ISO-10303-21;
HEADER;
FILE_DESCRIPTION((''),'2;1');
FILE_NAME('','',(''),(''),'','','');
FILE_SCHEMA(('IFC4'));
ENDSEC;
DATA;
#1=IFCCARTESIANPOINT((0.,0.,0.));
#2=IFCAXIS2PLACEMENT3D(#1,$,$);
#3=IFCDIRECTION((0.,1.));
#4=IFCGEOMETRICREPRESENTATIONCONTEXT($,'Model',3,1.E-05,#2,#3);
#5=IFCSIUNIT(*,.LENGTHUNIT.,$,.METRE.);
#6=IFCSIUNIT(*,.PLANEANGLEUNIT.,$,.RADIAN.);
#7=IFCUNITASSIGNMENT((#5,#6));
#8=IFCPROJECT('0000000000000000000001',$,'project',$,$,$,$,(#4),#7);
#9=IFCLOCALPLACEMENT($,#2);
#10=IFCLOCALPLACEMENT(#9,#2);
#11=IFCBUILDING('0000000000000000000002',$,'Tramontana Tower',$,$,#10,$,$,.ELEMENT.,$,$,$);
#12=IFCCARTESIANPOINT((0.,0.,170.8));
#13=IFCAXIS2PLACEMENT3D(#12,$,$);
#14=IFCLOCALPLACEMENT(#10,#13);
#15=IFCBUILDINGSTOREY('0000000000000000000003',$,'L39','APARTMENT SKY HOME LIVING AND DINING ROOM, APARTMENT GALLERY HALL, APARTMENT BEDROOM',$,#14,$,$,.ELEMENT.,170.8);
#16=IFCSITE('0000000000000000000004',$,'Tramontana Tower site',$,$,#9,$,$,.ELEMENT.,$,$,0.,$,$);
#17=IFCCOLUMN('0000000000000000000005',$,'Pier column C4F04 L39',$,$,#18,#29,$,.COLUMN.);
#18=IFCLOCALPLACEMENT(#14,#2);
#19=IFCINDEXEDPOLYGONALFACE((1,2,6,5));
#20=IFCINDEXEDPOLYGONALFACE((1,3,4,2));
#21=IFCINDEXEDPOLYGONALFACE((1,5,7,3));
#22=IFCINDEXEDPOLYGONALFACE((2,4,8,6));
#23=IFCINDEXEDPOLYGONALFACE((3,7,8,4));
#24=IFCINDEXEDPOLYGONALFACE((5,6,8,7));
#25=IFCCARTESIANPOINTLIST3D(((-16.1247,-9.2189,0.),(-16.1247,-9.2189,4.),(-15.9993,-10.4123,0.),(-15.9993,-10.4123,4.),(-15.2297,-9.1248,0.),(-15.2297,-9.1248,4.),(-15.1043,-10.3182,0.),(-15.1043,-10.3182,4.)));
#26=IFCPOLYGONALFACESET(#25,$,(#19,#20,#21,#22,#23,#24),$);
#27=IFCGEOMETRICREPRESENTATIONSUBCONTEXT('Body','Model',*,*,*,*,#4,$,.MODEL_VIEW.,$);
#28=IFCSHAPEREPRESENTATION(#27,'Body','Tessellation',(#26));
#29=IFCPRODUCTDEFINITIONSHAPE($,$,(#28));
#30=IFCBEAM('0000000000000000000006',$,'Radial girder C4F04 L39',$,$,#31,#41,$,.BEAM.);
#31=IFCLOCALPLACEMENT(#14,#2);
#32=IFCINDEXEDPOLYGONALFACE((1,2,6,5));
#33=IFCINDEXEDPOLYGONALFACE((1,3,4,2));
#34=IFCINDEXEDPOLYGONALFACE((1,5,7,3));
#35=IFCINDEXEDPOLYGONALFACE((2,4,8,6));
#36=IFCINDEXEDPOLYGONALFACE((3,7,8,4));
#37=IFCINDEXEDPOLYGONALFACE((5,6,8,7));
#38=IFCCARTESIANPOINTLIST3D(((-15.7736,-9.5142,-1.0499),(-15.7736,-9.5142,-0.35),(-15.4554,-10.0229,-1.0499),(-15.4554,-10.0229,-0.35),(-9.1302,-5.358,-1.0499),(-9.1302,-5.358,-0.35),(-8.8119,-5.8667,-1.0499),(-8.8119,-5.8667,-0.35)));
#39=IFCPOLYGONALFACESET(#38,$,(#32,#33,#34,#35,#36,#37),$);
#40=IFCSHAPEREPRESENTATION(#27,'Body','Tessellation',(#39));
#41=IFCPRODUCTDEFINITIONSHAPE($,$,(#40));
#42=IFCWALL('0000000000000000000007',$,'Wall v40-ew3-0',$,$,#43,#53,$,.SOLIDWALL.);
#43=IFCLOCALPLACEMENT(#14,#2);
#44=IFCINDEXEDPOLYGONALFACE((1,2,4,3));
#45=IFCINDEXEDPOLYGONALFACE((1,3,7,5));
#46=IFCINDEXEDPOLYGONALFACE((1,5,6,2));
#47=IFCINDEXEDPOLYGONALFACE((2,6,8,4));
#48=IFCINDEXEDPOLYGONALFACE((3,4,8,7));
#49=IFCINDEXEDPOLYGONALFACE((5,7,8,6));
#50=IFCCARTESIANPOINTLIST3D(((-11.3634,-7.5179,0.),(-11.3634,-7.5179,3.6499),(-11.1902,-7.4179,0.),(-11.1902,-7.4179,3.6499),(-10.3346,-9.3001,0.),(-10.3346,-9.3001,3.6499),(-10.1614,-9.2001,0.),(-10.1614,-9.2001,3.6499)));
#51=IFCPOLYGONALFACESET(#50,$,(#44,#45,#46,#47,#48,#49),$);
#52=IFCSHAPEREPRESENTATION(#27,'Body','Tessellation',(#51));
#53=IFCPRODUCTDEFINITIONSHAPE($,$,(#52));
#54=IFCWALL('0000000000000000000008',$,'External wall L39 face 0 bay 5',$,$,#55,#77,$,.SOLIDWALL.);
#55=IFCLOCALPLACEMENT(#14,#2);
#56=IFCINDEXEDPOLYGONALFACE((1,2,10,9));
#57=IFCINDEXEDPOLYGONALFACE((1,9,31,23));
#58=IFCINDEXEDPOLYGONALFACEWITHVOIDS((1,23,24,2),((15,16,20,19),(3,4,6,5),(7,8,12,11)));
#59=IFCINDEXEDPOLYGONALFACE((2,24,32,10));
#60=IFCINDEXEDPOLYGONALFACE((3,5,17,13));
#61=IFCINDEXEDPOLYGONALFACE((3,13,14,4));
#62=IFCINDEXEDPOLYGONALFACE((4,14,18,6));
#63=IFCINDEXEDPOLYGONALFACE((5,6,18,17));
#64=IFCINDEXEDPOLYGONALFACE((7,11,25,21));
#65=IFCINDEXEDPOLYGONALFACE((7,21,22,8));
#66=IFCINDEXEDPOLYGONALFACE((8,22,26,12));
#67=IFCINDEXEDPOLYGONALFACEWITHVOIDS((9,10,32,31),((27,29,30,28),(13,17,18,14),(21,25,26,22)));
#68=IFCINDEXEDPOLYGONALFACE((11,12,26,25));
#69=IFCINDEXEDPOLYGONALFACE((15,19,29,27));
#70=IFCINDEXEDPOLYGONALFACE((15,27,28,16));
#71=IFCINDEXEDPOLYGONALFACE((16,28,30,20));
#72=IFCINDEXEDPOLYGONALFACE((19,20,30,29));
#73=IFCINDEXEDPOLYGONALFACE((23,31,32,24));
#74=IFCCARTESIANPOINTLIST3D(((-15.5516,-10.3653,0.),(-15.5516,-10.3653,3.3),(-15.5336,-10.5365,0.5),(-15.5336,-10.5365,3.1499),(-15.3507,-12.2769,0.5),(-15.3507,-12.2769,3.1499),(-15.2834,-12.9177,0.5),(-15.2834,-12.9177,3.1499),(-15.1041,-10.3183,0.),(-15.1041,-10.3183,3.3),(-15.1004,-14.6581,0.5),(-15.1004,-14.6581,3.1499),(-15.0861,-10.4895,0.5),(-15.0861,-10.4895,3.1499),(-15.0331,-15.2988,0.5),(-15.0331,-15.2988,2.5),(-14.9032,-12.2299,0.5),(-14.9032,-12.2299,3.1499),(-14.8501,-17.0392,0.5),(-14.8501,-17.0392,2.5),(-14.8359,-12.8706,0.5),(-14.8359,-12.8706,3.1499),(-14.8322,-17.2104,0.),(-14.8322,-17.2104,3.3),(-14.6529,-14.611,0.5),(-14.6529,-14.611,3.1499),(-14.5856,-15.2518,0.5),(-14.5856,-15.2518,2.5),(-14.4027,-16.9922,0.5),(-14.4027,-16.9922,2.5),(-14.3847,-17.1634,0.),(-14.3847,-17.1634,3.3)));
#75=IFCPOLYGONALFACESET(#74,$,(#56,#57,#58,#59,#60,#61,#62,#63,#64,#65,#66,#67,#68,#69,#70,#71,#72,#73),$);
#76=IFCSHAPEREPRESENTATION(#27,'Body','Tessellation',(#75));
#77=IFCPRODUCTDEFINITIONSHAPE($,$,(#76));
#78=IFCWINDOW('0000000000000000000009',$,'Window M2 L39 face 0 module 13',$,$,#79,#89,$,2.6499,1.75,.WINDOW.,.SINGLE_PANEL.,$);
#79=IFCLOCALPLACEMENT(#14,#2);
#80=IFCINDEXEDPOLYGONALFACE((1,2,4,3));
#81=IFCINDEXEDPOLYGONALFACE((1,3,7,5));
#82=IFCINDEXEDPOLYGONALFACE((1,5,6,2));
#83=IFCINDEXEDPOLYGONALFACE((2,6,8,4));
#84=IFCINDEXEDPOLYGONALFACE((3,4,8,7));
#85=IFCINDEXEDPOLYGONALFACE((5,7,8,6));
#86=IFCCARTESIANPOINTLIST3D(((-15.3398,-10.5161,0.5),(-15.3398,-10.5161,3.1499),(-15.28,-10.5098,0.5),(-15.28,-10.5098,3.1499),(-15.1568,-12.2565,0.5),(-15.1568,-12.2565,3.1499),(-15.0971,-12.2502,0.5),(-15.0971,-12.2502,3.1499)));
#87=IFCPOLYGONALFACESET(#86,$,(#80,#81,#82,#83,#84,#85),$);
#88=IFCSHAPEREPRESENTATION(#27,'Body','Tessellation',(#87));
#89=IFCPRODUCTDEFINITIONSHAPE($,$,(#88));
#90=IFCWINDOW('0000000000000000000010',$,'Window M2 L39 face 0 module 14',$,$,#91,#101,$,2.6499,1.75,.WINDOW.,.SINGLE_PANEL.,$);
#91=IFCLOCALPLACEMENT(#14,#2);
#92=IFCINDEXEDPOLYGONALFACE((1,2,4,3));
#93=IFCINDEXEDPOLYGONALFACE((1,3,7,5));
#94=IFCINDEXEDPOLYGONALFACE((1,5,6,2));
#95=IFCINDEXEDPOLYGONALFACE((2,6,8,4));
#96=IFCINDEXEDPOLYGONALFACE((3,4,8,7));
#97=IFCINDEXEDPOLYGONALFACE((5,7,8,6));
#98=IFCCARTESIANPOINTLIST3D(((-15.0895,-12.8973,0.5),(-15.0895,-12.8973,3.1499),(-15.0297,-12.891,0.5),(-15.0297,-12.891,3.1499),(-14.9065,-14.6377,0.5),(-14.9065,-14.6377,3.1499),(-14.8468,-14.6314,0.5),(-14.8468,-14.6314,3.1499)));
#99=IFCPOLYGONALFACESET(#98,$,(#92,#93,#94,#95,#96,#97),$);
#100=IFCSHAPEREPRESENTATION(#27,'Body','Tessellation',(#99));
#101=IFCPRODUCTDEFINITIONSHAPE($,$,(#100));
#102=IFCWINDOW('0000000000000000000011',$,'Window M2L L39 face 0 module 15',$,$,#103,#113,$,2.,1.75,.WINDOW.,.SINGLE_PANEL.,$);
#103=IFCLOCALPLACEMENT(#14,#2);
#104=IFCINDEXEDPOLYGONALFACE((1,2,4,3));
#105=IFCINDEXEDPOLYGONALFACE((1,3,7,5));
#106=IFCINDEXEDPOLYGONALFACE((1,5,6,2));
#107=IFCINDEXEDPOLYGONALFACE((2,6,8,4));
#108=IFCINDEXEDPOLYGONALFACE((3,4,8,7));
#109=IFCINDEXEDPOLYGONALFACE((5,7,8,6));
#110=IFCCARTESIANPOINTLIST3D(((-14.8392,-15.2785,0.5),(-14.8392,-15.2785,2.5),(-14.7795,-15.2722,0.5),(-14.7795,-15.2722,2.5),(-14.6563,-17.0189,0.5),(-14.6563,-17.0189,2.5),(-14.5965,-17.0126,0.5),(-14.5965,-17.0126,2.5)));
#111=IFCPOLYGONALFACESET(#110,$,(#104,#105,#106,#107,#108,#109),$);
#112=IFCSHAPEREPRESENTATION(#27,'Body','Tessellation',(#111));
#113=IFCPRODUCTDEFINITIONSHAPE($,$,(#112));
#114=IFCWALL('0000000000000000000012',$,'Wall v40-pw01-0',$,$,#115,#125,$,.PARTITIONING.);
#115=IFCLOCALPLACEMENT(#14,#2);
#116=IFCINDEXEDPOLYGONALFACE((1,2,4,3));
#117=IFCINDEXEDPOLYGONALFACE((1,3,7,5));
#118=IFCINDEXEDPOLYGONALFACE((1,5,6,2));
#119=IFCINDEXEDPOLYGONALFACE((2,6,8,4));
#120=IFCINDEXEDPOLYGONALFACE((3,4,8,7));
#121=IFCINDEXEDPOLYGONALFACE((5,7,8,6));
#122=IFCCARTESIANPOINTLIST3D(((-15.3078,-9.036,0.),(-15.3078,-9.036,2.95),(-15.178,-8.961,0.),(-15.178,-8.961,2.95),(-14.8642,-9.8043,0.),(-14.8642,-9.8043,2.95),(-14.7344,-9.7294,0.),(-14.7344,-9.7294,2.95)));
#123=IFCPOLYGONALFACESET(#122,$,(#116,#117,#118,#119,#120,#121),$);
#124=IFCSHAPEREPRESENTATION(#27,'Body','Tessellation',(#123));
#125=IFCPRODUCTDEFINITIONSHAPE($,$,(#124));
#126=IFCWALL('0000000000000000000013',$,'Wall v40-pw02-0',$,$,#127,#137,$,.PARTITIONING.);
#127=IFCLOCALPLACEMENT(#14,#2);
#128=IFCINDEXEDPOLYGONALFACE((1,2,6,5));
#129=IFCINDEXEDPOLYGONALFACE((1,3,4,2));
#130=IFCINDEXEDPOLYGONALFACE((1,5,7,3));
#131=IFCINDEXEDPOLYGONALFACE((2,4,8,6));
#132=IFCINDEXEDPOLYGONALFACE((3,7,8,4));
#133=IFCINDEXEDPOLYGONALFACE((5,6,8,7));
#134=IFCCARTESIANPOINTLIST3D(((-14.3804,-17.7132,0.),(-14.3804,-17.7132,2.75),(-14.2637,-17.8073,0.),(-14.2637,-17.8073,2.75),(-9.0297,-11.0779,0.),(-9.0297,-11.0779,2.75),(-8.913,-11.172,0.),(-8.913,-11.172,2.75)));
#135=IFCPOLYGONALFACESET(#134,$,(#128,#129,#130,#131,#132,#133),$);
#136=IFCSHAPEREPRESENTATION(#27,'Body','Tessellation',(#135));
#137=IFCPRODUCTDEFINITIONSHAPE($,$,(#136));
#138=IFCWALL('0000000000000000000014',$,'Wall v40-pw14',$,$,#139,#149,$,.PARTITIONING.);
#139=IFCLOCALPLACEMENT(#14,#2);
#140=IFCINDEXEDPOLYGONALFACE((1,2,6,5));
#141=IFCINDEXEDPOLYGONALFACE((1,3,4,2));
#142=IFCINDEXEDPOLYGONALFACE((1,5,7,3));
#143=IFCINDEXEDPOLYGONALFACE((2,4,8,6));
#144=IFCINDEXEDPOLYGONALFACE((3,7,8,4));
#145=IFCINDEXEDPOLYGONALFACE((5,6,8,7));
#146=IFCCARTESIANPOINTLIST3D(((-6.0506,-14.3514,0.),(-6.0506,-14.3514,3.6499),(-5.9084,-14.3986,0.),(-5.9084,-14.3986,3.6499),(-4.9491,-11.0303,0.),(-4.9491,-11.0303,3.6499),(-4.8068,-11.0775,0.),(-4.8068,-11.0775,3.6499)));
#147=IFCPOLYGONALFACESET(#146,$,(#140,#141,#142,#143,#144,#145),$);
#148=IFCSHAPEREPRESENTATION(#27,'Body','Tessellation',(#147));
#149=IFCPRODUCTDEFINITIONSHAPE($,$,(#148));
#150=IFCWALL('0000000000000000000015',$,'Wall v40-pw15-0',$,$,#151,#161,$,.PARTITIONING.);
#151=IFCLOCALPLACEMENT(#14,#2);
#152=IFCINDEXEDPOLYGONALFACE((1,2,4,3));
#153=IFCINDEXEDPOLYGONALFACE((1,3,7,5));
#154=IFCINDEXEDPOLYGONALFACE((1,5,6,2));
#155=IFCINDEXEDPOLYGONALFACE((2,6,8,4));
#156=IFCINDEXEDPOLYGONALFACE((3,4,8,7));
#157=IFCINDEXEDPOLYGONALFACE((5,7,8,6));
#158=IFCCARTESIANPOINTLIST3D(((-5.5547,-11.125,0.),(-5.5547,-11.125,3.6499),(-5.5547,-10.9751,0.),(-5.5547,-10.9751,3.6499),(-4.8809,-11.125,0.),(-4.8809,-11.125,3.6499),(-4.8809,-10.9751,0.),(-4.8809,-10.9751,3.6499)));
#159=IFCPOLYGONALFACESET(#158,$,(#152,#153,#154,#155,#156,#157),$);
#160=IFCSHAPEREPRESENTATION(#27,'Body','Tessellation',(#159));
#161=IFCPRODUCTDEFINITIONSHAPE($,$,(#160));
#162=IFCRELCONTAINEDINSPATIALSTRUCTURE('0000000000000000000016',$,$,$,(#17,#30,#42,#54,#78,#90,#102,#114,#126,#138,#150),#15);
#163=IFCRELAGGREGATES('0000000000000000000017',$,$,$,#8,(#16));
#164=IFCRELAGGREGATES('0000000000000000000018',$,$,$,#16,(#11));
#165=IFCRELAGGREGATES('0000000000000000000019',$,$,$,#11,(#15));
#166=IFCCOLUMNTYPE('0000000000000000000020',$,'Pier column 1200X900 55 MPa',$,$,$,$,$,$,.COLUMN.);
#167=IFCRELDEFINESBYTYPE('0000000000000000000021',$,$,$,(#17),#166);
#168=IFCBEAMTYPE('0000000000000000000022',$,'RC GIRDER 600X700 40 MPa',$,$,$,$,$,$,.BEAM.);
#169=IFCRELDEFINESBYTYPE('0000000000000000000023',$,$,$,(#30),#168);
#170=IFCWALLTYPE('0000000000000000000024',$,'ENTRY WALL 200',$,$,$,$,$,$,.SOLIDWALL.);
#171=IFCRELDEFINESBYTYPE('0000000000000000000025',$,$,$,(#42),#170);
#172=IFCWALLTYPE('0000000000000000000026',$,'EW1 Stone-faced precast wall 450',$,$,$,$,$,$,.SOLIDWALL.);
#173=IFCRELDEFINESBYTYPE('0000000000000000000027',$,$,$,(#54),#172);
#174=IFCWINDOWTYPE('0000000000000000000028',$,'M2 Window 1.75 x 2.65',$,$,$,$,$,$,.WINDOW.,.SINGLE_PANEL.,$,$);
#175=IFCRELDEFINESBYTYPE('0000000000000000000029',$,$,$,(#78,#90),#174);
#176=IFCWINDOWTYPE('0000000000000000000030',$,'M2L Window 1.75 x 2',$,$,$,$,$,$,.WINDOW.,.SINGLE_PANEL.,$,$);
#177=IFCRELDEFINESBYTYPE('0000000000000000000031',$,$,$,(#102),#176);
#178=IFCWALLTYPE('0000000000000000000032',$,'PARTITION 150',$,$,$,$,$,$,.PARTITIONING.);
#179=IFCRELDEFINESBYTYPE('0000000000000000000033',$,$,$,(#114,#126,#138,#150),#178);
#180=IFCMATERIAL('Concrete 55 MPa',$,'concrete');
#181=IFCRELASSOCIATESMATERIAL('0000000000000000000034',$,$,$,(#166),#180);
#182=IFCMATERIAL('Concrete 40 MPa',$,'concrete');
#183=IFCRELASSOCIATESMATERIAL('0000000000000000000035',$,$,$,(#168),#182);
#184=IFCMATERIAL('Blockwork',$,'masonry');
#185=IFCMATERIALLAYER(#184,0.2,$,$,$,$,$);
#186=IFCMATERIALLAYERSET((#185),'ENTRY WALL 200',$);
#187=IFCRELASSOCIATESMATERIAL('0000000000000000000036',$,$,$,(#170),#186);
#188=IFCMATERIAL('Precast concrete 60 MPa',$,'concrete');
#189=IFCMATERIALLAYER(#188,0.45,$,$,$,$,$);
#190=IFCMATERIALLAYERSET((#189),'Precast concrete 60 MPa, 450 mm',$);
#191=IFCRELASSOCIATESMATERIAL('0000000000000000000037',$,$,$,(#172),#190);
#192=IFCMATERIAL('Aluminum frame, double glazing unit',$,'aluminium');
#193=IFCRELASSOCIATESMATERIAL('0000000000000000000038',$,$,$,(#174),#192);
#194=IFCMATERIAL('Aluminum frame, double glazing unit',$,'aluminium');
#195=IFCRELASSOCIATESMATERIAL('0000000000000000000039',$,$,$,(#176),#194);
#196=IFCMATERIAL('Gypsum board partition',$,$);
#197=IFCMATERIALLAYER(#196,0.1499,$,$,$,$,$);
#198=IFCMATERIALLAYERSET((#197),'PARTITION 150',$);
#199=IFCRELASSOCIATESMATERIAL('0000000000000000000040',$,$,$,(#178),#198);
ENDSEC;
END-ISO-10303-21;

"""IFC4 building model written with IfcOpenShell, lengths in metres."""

from ifc_helpers import new_model, si_unit, direction, frame, frame_2d, origin, origin_2d, place, context, subcontext, project, spatial, rectangle, extrude, material, layer, layer_set, material_profile, profile_set, type_object, element, fill, save


model = new_model("IFC4")

# Units and contexts
model_context = context("Model", 3, precision=1e-05, world=origin(), true_north=direction((0.0, 1.0)))
body_context = subcontext(model_context, "Body", "Model", "MODEL_VIEW")
ifc_project = project(units=[si_unit("LENGTHUNIT", "METRE"), si_unit("PLANEANGLEUNIT", "RADIAN")], contexts=[model_context])

# Site, building, storey
site_placement = place(None, origin())
site = spatial("IfcSite", under=ifc_project, at=site_placement, Name="Tramontana Tower site", CompositionType="ELEMENT", RefElevation=0.0)
building_placement = place(site_placement, origin())
building = spatial("IfcBuilding", under=site, at=building_placement, Name="Tramontana Tower", CompositionType="ELEMENT")
storey_placement = place(building_placement, frame((0.0, 0.0, 170.8)))
storey = spatial("IfcBuildingStorey", under=building, at=storey_placement, Name="L39", Description="APARTMENT SKY HOME LIVING AND DINING ROOM, APARTMENT GALLERY HALL, APARTMENT BEDROOM", CompositionType="ELEMENT", Elevation=170.8)

# Column
ifc_material_1 = material(Name="Concrete 55 MPa", Category="concrete")
ifc_material_profile_1 = material_profile(ifc_material_1, rectangle(XDim=1.2, YDim=0.8999, at=origin_2d()), Name="Pier column 1200X900 55 MPa")
ifc_profile_set_1 = profile_set([ifc_material_profile_1], Name="Concrete 55 MPa")
column_type = type_object("IfcColumnType", Name="Pier column 1200X900 55 MPa", PredefinedType="COLUMN", material=ifc_profile_set_1)
column_placement = place(storey_placement, frame((-15.6145, -9.7686, 0.0), z_axis=(0.0, 0.0, 1.0), x_axis=(0.104528, -0.994522, 0.0)))
element("IfcColumn", 1, at=column_placement, inside=storey, type_object=column_type, Name="Pier column C4F04 L39", PredefinedType="COLUMN", context=body_context, shape_type="SweptSolid", body=[
    extrude(rectangle(XDim=1.2, YDim=0.8999, at=origin_2d()), origin(), (0.0, 0.0, 1.0), 4.0),
])

# Beam
ifc_material_2 = material(Name="Concrete 40 MPa", Category="concrete")
ifc_material_profile_2 = material_profile(ifc_material_2, rectangle(XDim=0.6001, YDim=0.7, at=origin_2d()), Name="RC GIRDER 600X700 40 MPa")
ifc_profile_set_2 = profile_set([ifc_material_profile_2], Name="Concrete 40 MPa")
beam_type = type_object("IfcBeamType", Name="RC GIRDER 600X700 40 MPa", PredefinedType="BEAM", material=ifc_profile_set_2)
beam_placement = place(storey_placement, frame((-15.6145, -9.7686, -0.7), z_axis=(0.847767, 0.530369, 0.0), x_axis=(-0.530369, 0.847767, 0.0)))
element("IfcBeam", 2, at=beam_placement, inside=storey, type_object=beam_type, Name="Radial girder C4F04 L39", PredefinedType="BEAM", context=body_context, shape_type="SweptSolid", body=[
    extrude(rectangle(XDim=0.6001, YDim=0.7, at=origin_2d()), origin(), (0.0, 0.0, 1.0), 7.8364),
])

# Wall
ifc_material_3 = material(Name="Blockwork", Category="masonry")
ifc_layer_1 = layer(ifc_material_3, 0.2)
ifc_layer_set_1 = layer_set([ifc_layer_1], Name="ENTRY WALL 200")
wall_type_1 = type_object("IfcWallType", Name="ENTRY WALL 200", PredefinedType="SOLIDWALL", material=ifc_layer_set_1)
wall_1_placement = place(storey_placement, frame((-10.248, -9.25, 0.0), z_axis=(0.0, 0.0, 1.0), x_axis=(-0.499942, 0.866059, 0.0)))
element("IfcWall", 3, at=wall_1_placement, inside=storey, type_object=wall_type_1, Name="Wall v40-ew3-0", PredefinedType="SOLIDWALL", context=body_context, shape_type="SweptSolid", body=[
    extrude(rectangle(XDim=2.0579, YDim=0.2, at=frame_2d((1.0288, 0.0))), origin(), (0.0, 0.0, 1.0), 3.6499),
])

# Wall, openings, windows
ifc_material_4 = material(Name="Precast concrete 60 MPa", Category="concrete")
ifc_layer_2 = layer(ifc_material_4, 0.45)
ifc_layer_set_2 = layer_set([ifc_layer_2], Name="Precast concrete 60 MPa, 450 mm")
wall_type_2 = type_object("IfcWallType", Name="EW1 Stone-faced precast wall 450", PredefinedType="SOLIDWALL", material=ifc_layer_set_2)
wall_2_placement = place(storey_placement, frame((-15.3279, -10.3418, 0.0), z_axis=(0.0, 0.0, 1.0), x_axis=(0.104532, -0.994522, 0.0)))
wall_2 = element("IfcWall", 4, at=wall_2_placement, inside=storey, type_object=wall_type_2, Name="External wall L39 face 0 bay 5", PredefinedType="SOLIDWALL", context=body_context, shape_type="SweptSolid", body=[
    extrude(rectangle(XDim=6.8828, YDim=0.45, at=frame_2d((3.4414, 0.0))), origin(), (0.0, 0.0, 1.0), 3.3),
])
opening_1_placement = place(wall_2_placement, frame((0.1721, 0.0, 0.5)))
opening_1 = element("IfcOpeningElement", 5, at=opening_1_placement, cuts=wall_2, PredefinedType="OPENING", context=body_context, shape_type="SweptSolid", body=[
    extrude(rectangle(XDim=1.75, YDim=2.6499, at=frame_2d((0.875, 1.325))), frame((0.0, 0.2349, 0.0), z_axis=(0.0, -1.0, 0.0), x_axis=(1.0, 0.0, 0.0)), (0.0, 0.0, 1.0), 0.47),
])
opening_2_placement = place(wall_2_placement, frame((2.5664, 0.0, 0.5)))
opening_2 = element("IfcOpeningElement", 6, at=opening_2_placement, cuts=wall_2, PredefinedType="OPENING", context=body_context, shape_type="SweptSolid", body=[
    extrude(rectangle(XDim=1.75, YDim=2.6499, at=frame_2d((0.875, 1.325))), frame((0.0, 0.2349, 0.0), z_axis=(0.0, -1.0, 0.0), x_axis=(1.0, 0.0, 0.0)), (0.0, 0.0, 1.0), 0.47),
])
opening_3_placement = place(wall_2_placement, frame((4.9607, 0.0, 0.5)))
opening_3 = element("IfcOpeningElement", 7, at=opening_3_placement, cuts=wall_2, PredefinedType="OPENING", context=body_context, shape_type="SweptSolid", body=[
    extrude(rectangle(XDim=1.75, YDim=2.0, at=frame_2d((0.875, 1.0))), frame((0.0, 0.2349, 0.0), z_axis=(0.0, -1.0, 0.0), x_axis=(1.0, 0.0, 0.0)), (0.0, 0.0, 1.0), 0.47),
])
ifc_material_5 = material(Name="Aluminum frame, double glazing unit", Category="aluminium")
window_type_1 = type_object("IfcWindowType", Name="M2 Window 1.75 x 2.65", PartitioningType="SINGLE_PANEL", PredefinedType="WINDOW", material=ifc_material_5)
window_1_placement = place(opening_1_placement, origin())
window_1 = element("IfcWindow", 8, at=window_1_placement, inside=storey, type_object=window_type_1, Name="Window M2 L39 face 0 module 13", OverallHeight=2.6499, OverallWidth=1.75, PartitioningType="SINGLE_PANEL", PredefinedType="WINDOW", context=body_context, shape_type="SweptSolid", body=[
    extrude(rectangle(XDim=1.75, YDim=2.6499, at=frame_2d((0.875, 1.325))), frame((0.0, 0.03, 0.0), z_axis=(0.0, -1.0, 0.0), x_axis=(1.0, 0.0, 0.0)), (0.0, 0.0, 1.0), 0.0601),
])
fill(opening_1, window_1)
window_2_placement = place(opening_2_placement, origin())
window_2 = element("IfcWindow", 9, at=window_2_placement, inside=storey, type_object=window_type_1, Name="Window M2 L39 face 0 module 14", OverallHeight=2.6499, OverallWidth=1.75, PartitioningType="SINGLE_PANEL", PredefinedType="WINDOW", context=body_context, shape_type="SweptSolid", body=[
    extrude(rectangle(XDim=1.75, YDim=2.6499, at=frame_2d((0.875, 1.325))), frame((0.0, 0.03, 0.0), z_axis=(0.0, -1.0, 0.0), x_axis=(1.0, 0.0, 0.0)), (0.0, 0.0, 1.0), 0.0601),
])
fill(opening_2, window_2)
ifc_material_6 = material(Name="Aluminum frame, double glazing unit", Category="aluminium")
window_type_2 = type_object("IfcWindowType", Name="M2L Window 1.75 x 2", PartitioningType="SINGLE_PANEL", PredefinedType="WINDOW", material=ifc_material_6)
window_3_placement = place(opening_3_placement, origin())
window_3 = element("IfcWindow", 10, at=window_3_placement, inside=storey, type_object=window_type_2, Name="Window M2L L39 face 0 module 15", OverallHeight=2.0, OverallWidth=1.75, PartitioningType="SINGLE_PANEL", PredefinedType="WINDOW", context=body_context, shape_type="SweptSolid", body=[
    extrude(rectangle(XDim=1.75, YDim=2.0, at=frame_2d((0.875, 1.0))), frame((0.0, 0.03, 0.0), z_axis=(0.0, -1.0, 0.0), x_axis=(1.0, 0.0, 0.0)), (0.0, 0.0, 1.0), 0.0601),
])
fill(opening_3, window_3)

# Walls
ifc_material_7 = material(Name="Gypsum board partition")
ifc_layer_3 = layer(ifc_material_7, 0.1499)
ifc_layer_set_3 = layer_set([ifc_layer_3], Name="PARTITION 150")
wall_type_3 = type_object("IfcWallType", Name="PARTITION 150", PredefinedType="PARTITIONING", material=ifc_layer_set_3)
wall_3_placement = place(storey_placement, frame((-14.7993, -9.7668, 0.0), z_axis=(0.0, 0.0, 1.0), x_axis=(-0.500016, 0.866016, 0.0)))
element("IfcWall", 11, at=wall_3_placement, inside=storey, type_object=wall_type_3, Name="Wall v40-pw01-0", PredefinedType="PARTITIONING", context=body_context, shape_type="SweptSolid", body=[
    extrude(rectangle(XDim=0.8872, YDim=0.1499, at=frame_2d((0.4436, 0.0))), origin(), (0.0, 0.0, 1.0), 2.95),
])
wall_4_placement = place(storey_placement, frame((-14.322, -17.7603, 0.0), z_axis=(0.0, 0.0, 1.0), x_axis=(0.627722, 0.778437, 0.0)))
element("IfcWall", 12, at=wall_4_placement, inside=storey, type_object=wall_type_3, Name="Wall v40-pw02-0", PredefinedType="PARTITIONING", context=body_context, shape_type="SweptSolid", body=[
    extrude(rectangle(XDim=8.5239, YDim=0.1499, at=frame_2d((4.262, 0.0))), origin(), (0.0, 0.0, 1.0), 2.75),
])

# Walls
wall_5_placement = place(storey_placement, frame((-5.9795, -14.375, 0.0), z_axis=(0.0, 0.0, 1.0), x_axis=(0.314825, 0.94915, 0.0)))
element("IfcWall", 13, at=wall_5_placement, inside=storey, type_object=wall_type_3, Name="Wall v40-pw14", PredefinedType="PARTITIONING", context=body_context, shape_type="SweptSolid", body=[
    extrude(rectangle(XDim=3.499, YDim=0.1499, at=frame_2d((1.7495, 0.0))), origin(), (0.0, 0.0, 1.0), 3.6499),
])
wall_6_placement = place(storey_placement, frame((-4.8809, -11.05, 0.0), z_axis=(0.0, 0.0, 1.0), x_axis=(-1.0, 0.0, 0.0)))
element("IfcWall", 14, at=wall_6_placement, inside=storey, type_object=wall_type_3, Name="Wall v40-pw15-0", PredefinedType="PARTITIONING", context=body_context, shape_type="SweptSolid", body=[
    extrude(rectangle(XDim=0.6738, YDim=0.1499, at=frame_2d((0.3369, 0.0))), origin(), (0.0, 0.0, 1.0), 3.6499),
])

save(model, "model.ifc")
